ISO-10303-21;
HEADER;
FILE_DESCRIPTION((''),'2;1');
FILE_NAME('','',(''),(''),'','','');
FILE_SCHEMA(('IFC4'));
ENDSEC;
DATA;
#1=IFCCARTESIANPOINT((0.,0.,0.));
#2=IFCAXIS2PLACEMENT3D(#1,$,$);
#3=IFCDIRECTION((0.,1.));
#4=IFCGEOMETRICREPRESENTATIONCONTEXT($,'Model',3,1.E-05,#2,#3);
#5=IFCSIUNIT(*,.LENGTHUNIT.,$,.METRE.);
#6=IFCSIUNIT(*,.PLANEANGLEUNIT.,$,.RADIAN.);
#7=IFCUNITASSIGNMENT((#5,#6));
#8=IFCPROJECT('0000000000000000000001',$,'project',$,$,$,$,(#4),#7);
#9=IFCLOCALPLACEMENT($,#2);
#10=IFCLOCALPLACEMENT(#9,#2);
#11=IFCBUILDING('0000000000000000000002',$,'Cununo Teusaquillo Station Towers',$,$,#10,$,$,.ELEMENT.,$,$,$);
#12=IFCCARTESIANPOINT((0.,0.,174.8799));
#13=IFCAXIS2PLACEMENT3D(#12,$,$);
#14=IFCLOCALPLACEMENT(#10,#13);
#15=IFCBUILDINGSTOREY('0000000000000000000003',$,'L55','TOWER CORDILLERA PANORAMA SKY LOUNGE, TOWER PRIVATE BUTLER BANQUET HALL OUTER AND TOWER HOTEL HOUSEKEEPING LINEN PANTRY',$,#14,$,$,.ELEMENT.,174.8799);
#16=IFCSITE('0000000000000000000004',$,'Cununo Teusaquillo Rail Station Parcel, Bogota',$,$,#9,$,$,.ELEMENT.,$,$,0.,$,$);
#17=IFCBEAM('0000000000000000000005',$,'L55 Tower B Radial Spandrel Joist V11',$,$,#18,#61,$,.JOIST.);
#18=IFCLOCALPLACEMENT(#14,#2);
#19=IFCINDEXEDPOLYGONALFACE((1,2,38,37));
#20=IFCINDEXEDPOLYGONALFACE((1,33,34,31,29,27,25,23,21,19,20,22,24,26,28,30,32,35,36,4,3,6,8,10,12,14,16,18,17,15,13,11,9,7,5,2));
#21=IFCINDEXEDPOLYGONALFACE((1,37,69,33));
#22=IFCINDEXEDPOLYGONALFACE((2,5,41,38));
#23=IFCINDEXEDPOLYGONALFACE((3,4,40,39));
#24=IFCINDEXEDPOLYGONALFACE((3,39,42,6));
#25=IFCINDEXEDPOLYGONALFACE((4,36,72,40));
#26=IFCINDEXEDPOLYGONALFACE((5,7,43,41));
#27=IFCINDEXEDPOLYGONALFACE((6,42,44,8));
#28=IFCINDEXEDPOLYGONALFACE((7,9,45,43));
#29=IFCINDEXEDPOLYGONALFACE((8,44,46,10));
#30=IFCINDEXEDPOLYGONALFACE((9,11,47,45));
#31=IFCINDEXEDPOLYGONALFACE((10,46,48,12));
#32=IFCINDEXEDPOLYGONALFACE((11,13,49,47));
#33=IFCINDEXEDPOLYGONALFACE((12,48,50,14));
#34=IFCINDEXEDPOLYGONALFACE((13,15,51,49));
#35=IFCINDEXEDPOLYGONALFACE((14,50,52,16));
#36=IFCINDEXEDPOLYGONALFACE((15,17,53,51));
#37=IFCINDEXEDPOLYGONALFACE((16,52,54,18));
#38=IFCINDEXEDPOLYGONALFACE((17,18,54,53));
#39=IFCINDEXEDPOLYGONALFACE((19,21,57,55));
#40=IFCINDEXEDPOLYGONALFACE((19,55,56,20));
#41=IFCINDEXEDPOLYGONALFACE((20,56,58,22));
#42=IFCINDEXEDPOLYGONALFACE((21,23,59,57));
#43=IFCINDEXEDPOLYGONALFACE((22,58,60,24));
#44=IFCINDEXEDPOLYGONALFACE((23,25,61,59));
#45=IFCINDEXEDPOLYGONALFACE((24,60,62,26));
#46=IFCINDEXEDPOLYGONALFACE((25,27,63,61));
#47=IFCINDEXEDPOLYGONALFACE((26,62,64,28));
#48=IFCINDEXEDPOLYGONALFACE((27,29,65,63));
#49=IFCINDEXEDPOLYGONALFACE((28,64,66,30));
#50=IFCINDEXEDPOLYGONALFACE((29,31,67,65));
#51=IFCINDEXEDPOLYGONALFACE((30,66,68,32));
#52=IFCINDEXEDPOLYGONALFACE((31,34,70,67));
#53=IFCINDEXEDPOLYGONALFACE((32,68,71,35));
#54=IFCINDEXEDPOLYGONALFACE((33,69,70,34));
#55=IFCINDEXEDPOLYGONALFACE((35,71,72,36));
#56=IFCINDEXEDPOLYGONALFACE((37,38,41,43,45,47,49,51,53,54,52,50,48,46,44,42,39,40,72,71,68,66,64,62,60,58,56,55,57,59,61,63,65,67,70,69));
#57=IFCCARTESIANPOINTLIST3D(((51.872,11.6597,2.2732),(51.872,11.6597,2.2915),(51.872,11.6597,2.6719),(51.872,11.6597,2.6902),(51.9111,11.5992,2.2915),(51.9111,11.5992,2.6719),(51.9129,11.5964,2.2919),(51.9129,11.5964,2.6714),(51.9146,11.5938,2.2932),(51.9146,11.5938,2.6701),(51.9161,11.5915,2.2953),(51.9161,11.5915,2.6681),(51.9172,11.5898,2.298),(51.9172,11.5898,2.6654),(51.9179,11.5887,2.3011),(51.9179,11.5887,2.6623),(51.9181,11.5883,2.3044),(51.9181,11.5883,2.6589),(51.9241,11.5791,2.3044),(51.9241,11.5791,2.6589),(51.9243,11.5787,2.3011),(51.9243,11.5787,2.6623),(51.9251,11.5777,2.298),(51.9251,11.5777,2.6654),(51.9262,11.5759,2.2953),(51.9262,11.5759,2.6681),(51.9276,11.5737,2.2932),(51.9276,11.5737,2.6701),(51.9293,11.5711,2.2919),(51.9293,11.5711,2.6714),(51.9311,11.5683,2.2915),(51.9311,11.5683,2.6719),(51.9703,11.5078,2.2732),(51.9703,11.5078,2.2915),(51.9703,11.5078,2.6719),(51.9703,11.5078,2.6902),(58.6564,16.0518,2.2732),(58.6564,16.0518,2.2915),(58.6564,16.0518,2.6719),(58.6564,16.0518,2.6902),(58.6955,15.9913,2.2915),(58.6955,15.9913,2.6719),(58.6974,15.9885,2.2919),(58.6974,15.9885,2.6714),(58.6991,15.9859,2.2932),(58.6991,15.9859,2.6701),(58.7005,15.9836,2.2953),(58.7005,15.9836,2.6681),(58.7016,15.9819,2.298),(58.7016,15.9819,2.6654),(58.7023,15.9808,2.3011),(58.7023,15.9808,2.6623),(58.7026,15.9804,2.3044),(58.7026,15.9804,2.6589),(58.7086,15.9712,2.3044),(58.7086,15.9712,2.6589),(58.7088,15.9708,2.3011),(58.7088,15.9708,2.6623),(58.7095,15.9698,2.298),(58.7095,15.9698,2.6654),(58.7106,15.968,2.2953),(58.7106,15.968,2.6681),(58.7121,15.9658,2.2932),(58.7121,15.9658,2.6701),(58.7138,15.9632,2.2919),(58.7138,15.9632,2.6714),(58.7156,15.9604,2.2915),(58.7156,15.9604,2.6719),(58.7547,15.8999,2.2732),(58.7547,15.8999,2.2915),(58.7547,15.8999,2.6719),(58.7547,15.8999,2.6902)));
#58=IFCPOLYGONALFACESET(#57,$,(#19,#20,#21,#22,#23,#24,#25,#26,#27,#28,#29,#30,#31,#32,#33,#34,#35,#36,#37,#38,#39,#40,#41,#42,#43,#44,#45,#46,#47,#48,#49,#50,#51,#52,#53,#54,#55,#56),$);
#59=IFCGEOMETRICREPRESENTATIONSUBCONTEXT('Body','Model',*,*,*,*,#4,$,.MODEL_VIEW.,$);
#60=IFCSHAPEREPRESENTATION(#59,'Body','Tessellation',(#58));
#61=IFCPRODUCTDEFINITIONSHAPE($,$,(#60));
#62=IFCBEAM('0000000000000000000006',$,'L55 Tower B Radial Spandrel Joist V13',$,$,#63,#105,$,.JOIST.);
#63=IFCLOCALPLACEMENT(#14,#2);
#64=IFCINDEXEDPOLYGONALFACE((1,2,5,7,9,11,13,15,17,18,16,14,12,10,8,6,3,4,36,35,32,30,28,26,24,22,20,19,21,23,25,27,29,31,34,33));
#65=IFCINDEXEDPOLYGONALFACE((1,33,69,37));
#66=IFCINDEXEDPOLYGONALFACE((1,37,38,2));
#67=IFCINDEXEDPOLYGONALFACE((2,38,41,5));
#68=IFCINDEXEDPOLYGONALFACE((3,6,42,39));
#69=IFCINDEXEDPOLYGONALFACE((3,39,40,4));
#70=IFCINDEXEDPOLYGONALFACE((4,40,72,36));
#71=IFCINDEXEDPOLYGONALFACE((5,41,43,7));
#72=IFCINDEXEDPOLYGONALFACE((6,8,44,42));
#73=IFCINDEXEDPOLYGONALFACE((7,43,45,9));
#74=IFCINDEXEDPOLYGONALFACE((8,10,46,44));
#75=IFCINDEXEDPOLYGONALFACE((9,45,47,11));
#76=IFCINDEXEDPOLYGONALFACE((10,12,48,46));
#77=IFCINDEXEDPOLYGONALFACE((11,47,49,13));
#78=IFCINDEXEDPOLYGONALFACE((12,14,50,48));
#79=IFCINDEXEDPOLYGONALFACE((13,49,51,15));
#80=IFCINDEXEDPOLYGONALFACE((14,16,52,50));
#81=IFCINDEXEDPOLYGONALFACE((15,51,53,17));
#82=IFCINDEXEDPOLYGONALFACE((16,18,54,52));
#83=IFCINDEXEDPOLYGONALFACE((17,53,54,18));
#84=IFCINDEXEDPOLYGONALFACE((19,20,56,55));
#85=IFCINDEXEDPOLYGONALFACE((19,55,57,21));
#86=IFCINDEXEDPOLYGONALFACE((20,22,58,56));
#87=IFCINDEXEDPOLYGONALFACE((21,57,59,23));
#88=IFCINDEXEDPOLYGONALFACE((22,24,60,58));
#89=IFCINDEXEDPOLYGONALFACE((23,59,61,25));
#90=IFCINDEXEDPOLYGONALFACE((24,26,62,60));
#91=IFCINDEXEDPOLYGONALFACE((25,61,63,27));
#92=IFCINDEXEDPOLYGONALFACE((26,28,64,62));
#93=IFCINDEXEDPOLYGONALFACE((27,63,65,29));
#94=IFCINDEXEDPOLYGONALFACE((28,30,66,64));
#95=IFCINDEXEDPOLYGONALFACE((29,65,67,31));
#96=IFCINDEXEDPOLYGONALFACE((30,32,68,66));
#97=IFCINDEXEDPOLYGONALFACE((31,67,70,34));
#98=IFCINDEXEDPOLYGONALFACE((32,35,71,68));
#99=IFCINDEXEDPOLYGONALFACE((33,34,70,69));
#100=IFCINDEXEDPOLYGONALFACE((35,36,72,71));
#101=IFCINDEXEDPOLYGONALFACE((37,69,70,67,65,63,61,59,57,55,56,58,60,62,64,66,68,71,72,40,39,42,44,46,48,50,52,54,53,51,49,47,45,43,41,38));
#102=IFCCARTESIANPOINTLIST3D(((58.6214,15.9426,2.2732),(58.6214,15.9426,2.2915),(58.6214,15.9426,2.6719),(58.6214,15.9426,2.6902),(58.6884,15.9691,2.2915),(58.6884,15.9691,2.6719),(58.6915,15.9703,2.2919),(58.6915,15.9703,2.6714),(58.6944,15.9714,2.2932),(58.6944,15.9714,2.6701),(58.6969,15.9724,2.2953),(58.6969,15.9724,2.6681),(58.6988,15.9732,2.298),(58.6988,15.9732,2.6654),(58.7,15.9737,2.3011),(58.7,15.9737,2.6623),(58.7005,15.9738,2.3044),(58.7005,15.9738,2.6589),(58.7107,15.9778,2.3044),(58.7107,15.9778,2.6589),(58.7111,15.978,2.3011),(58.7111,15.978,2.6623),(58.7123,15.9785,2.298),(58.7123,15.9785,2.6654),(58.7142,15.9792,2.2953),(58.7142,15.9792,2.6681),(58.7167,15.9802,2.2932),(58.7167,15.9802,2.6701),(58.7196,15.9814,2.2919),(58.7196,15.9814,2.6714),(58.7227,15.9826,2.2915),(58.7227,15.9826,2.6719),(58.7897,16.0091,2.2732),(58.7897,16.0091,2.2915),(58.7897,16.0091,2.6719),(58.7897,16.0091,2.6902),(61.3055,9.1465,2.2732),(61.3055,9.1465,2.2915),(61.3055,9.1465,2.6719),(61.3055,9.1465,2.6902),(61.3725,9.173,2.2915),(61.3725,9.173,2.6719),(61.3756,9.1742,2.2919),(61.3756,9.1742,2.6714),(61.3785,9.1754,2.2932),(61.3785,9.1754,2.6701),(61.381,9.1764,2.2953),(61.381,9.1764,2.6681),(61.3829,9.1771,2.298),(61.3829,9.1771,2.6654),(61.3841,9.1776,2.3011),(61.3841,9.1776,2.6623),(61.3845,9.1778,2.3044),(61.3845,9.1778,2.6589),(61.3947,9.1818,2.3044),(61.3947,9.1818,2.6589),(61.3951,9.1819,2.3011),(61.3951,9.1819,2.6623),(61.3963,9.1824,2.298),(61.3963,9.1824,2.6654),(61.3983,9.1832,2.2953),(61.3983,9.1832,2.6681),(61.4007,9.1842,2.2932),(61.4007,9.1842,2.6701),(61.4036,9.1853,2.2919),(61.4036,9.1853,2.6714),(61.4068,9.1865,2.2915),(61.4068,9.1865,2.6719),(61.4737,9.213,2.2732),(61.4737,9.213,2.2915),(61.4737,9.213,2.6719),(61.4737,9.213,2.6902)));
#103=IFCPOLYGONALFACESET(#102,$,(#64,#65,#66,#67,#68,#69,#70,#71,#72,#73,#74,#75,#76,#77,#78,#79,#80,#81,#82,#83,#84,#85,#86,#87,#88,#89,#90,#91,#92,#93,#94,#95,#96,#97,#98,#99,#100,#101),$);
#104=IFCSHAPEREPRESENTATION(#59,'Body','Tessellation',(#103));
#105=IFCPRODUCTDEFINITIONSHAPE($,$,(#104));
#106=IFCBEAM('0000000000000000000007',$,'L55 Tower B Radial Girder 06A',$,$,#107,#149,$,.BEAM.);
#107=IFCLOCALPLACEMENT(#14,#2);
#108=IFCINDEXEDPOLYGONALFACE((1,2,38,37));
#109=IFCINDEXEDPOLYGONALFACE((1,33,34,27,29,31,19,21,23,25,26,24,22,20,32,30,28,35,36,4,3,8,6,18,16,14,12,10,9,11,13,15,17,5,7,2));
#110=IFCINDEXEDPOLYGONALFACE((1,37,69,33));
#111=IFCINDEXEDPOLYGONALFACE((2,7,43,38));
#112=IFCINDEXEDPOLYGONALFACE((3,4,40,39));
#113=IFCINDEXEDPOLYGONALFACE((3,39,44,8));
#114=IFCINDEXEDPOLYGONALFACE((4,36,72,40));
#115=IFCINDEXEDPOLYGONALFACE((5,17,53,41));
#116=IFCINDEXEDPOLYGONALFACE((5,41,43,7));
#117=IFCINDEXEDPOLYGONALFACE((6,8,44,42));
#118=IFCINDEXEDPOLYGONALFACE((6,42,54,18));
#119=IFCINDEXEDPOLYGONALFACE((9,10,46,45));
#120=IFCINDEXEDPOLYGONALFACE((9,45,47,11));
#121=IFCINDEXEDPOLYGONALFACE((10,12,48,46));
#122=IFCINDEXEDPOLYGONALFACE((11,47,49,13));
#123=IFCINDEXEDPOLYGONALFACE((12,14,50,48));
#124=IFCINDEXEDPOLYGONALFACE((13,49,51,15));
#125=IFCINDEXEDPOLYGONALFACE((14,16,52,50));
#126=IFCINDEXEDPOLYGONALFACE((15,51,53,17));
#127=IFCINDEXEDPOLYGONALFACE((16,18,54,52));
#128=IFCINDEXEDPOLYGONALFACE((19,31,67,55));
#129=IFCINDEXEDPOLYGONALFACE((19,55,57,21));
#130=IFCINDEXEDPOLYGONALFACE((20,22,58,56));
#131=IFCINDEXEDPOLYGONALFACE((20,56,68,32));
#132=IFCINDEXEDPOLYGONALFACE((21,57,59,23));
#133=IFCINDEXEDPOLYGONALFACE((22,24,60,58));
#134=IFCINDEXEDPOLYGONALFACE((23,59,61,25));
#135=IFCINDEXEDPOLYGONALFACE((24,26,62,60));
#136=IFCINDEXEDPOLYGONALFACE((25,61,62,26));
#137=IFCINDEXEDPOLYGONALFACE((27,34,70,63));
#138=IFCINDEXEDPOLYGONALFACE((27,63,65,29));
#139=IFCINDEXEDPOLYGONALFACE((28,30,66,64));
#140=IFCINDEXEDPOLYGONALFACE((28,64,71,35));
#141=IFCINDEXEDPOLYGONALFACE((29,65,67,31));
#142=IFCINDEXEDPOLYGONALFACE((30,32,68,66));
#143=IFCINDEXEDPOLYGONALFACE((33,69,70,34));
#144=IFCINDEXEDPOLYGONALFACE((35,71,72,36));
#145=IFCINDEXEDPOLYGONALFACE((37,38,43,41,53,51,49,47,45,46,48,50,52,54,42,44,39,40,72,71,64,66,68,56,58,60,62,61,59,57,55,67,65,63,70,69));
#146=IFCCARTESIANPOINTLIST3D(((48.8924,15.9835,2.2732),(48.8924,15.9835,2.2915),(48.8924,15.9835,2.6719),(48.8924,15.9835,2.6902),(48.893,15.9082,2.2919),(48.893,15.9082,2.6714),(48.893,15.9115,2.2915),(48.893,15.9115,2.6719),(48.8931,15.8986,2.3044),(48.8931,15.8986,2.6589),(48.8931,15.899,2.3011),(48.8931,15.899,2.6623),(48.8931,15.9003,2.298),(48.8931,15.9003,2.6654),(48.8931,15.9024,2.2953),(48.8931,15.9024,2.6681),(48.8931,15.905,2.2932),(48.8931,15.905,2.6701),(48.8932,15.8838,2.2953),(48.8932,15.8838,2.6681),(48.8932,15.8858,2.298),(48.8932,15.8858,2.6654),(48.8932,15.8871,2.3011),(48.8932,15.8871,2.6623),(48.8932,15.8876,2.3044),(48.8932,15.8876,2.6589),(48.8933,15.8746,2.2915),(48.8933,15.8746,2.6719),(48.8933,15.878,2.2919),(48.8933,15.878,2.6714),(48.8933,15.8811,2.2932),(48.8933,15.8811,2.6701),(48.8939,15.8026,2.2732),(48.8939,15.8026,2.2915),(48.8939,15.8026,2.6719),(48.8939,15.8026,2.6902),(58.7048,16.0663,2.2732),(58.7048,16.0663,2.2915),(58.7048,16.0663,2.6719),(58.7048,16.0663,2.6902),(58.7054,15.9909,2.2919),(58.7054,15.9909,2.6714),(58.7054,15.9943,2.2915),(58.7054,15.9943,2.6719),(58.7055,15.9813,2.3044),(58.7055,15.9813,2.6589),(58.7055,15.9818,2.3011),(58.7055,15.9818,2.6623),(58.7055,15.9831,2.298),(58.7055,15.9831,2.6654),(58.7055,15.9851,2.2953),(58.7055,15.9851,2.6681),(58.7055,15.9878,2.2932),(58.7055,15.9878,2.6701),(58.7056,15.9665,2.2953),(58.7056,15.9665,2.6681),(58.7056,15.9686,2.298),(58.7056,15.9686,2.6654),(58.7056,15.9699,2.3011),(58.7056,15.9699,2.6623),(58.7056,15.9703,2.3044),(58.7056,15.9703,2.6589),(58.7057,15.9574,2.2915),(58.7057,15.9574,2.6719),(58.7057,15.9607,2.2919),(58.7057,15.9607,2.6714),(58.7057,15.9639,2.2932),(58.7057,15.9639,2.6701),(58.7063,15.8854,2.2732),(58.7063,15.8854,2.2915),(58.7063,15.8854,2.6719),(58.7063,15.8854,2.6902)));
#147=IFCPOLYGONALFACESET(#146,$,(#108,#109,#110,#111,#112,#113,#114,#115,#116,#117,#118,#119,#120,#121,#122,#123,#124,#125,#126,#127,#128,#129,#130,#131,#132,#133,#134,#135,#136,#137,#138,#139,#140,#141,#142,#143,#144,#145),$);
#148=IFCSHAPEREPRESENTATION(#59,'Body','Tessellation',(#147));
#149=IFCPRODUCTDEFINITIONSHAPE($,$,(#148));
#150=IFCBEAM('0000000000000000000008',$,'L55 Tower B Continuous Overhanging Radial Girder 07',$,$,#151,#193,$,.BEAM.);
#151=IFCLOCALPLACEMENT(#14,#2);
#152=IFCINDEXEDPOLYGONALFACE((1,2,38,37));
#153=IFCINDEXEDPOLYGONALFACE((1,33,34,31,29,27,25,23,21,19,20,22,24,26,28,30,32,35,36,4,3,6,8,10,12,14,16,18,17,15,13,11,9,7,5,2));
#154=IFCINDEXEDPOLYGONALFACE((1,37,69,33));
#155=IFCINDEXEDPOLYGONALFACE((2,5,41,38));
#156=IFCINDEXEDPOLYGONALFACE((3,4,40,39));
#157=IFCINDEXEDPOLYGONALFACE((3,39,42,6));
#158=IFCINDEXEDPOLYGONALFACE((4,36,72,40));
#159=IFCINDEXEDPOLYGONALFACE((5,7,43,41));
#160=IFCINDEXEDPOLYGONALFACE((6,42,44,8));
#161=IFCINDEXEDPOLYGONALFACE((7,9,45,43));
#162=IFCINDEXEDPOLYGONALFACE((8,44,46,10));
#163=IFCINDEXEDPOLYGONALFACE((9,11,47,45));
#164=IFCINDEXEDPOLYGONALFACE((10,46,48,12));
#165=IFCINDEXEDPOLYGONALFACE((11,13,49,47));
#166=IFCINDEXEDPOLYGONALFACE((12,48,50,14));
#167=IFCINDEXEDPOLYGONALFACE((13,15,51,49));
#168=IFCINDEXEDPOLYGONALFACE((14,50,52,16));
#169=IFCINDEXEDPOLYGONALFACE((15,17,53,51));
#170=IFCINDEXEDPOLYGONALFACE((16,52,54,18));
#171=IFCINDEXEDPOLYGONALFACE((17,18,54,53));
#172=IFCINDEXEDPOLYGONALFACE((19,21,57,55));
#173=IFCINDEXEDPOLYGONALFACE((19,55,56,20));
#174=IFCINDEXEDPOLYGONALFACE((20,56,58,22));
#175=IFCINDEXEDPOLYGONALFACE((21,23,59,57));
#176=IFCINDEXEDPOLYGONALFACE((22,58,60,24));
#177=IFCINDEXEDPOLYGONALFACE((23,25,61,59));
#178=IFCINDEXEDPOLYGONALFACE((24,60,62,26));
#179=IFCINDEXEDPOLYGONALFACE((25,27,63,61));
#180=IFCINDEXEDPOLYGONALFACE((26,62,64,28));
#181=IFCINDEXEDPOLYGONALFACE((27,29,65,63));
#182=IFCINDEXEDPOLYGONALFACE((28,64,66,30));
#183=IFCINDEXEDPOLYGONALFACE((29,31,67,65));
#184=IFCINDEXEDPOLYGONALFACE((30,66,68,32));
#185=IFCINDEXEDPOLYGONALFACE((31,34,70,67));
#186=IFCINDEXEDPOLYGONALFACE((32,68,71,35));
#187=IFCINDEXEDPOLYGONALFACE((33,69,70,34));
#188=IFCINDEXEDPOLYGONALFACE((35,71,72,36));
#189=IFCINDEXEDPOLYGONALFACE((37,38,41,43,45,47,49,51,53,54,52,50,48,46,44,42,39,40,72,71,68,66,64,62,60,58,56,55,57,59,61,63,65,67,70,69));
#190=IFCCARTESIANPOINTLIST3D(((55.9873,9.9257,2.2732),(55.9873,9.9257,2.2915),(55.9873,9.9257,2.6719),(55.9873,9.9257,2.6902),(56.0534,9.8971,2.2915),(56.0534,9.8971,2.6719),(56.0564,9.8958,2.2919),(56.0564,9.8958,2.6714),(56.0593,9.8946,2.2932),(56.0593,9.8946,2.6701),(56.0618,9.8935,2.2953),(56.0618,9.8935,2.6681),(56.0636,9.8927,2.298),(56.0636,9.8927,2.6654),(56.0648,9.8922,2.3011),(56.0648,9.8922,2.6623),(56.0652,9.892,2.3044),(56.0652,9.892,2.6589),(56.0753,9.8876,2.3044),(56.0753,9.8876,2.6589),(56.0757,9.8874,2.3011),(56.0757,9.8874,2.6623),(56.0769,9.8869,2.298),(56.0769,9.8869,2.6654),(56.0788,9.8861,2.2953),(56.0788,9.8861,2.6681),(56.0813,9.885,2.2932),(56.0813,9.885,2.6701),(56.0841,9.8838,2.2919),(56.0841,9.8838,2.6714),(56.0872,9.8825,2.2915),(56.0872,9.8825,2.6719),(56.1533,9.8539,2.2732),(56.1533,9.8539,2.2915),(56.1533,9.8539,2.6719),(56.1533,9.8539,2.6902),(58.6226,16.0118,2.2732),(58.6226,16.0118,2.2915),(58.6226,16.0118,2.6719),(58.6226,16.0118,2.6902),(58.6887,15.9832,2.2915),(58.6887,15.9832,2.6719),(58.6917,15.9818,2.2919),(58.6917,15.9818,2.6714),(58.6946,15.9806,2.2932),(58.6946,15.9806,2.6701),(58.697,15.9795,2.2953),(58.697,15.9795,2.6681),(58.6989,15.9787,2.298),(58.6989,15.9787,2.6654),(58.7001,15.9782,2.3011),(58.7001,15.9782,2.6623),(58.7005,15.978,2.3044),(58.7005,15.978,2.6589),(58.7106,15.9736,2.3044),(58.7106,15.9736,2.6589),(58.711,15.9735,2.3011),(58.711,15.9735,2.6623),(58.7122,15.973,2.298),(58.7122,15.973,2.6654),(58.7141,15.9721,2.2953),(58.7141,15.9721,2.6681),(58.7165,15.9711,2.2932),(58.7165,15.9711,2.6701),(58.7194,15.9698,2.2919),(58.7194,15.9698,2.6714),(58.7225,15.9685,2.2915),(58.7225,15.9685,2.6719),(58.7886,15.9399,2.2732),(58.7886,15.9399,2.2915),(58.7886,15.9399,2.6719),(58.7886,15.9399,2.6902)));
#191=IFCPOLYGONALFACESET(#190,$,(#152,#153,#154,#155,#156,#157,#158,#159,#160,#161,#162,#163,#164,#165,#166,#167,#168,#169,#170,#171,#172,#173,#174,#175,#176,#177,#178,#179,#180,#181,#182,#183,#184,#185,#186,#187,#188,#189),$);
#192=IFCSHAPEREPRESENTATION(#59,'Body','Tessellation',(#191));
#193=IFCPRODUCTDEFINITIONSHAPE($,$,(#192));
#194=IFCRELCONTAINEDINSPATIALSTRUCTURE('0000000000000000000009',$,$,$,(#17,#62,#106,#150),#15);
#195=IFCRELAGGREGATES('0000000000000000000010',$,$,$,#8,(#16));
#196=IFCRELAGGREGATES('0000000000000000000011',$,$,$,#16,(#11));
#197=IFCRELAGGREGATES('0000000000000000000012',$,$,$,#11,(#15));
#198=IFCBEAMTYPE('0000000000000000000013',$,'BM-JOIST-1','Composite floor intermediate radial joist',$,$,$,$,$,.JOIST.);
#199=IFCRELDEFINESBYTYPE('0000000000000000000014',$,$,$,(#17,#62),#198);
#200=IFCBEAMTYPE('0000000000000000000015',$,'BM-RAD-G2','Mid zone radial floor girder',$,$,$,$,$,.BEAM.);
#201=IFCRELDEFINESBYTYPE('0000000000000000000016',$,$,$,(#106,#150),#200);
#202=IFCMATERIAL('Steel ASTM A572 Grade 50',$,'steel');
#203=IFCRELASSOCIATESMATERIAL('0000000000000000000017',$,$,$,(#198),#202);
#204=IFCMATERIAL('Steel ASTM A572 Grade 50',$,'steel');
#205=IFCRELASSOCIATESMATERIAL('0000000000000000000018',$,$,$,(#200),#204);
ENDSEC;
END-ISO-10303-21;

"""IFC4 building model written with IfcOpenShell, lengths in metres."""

from ifc_helpers import new_model, si_unit, direction, frame, origin, origin_2d, place, context, subcontext, project, spatial, i_section, extrude, material, material_profile, profile_set, type_object, element, save


model = new_model("IFC4")

# Units and contexts
model_context = context("Model", 3, precision=1e-05, world=origin(), true_north=direction((0.0, 1.0)))
body_context = subcontext(model_context, "Body", "Model", "MODEL_VIEW")
ifc_project = project(units=[si_unit("LENGTHUNIT", "METRE"), si_unit("PLANEANGLEUNIT", "RADIAN")], contexts=[model_context])

# Site, building, storey
site_placement = place(None, origin())
site = spatial("IfcSite", under=ifc_project, at=site_placement, Name="Cununo Teusaquillo Rail Station Parcel, Bogota", CompositionType="ELEMENT", RefElevation=0.0)
building_placement = place(site_placement, origin())
building = spatial("IfcBuilding", under=site, at=building_placement, Name="Cununo Teusaquillo Station Towers", CompositionType="ELEMENT")
storey_placement = place(building_placement, frame((0.0, 0.0, 174.8799)))
storey = spatial("IfcBuildingStorey", under=building, at=storey_placement, Name="L55", Description="TOWER CORDILLERA PANORAMA SKY LOUNGE, TOWER PRIVATE BUTLER BANQUET HALL OUTER AND TOWER HOTEL HOUSEKEEPING LINEN PANTRY", CompositionType="ELEMENT", Elevation=174.8799)

# Beams
ifc_material_1 = material(Name="Steel ASTM A572 Grade 50", Category="steel")
ifc_material_profile_1 = material_profile(ifc_material_1, i_section(OverallWidth=0.1809, OverallDepth=0.417, WebThickness=0.011, FlangeThickness=0.0183, FilletRadius=0.0129, at=origin_2d()), Name="W16X57")
ifc_profile_set_1 = profile_set([ifc_material_profile_1], Name="Steel ASTM A572 Grade 50")
beam_type_1 = type_object("IfcBeamType", Name="BM-JOIST-1", Description="Composite floor intermediate radial joist", PredefinedType="JOIST", material=ifc_profile_set_1)
beam_1_placement = place(storey_placement, frame((58.7056, 15.9758, 2.4817), z_axis=(-0.839448, -0.54344, 0.0), x_axis=(0.54344, -0.839448, 0.0)))
element("IfcBeam", 1, at=beam_1_placement, inside=storey, type_object=beam_type_1, Name="L55 Tower B Radial Spandrel Joist V11", PredefinedType="JOIST", context=body_context, shape_type="SweptSolid", body=[
    extrude(i_section(OverallWidth=0.1809, OverallDepth=0.417, WebThickness=0.011, FlangeThickness=0.0183, FilletRadius=0.0129, at=origin_2d()), origin(), (0.0, 0.0, 1.0), 8.082),
])
beam_2_placement = place(storey_placement, frame((58.7056, 15.9758, 2.4817), z_axis=(0.367332, -0.93009, 0.0), x_axis=(0.93009, 0.367332, 0.0)))
element("IfcBeam", 2, at=beam_2_placement, inside=storey, type_object=beam_type_1, Name="L55 Tower B Radial Spandrel Joist V13", PredefinedType="JOIST", context=body_context, shape_type="SweptSolid", body=[
    extrude(i_section(OverallWidth=0.1809, OverallDepth=0.417, WebThickness=0.011, FlangeThickness=0.0183, FilletRadius=0.0129, at=origin_2d()), origin(), (0.0, 0.0, 1.0), 7.3069),
])
ifc_material_2 = material(Name="Steel ASTM A572 Grade 50", Category="steel")
ifc_material_profile_2 = material_profile(ifc_material_2, i_section(OverallWidth=0.1809, OverallDepth=0.417, WebThickness=0.011, FlangeThickness=0.0183, FilletRadius=0.0129, at=origin_2d()), Name="W16X57")
ifc_profile_set_2 = profile_set([ifc_material_profile_2], Name="Steel ASTM A572 Grade 50")
beam_type_2 = type_object("IfcBeamType", Name="BM-RAD-G2", Description="Mid zone radial floor girder", PredefinedType="BEAM", material=ifc_profile_set_2)
beam_3_placement = place(storey_placement, frame((58.7056, 15.9758, 2.4817), z_axis=(-0.999964, -0.008434, 0.0), x_axis=(0.008434, -0.999964, 0.0)))
element("IfcBeam", 3, at=beam_3_placement, inside=storey, type_object=beam_type_2, Name="L55 Tower B Radial Girder 06A", PredefinedType="BEAM", context=body_context, shape_type="SweptSolid", body=[
    extrude(i_section(OverallWidth=0.1809, OverallDepth=0.417, WebThickness=0.011, FlangeThickness=0.0183, FilletRadius=0.0129, at=origin_2d()), origin(), (0.0, 0.0, 1.0), 9.8127),
])
beam_4_placement = place(storey_placement, frame((58.7056, 15.9758, 2.4817), z_axis=(-0.397355, -0.917665, 0.0), x_axis=(0.917665, -0.397355, 0.0)))
element("IfcBeam", 4, at=beam_4_placement, inside=storey, type_object=beam_type_2, Name="L55 Tower B Continuous Overhanging Radial Girder 07", PredefinedType="BEAM", context=body_context, shape_type="SweptSolid", body=[
    extrude(i_section(OverallWidth=0.1809, OverallDepth=0.417, WebThickness=0.011, FlangeThickness=0.0183, FilletRadius=0.0129, at=origin_2d()), origin(), (0.0, 0.0, 1.0), 6.6321),
])

save(model, "model.ifc")
